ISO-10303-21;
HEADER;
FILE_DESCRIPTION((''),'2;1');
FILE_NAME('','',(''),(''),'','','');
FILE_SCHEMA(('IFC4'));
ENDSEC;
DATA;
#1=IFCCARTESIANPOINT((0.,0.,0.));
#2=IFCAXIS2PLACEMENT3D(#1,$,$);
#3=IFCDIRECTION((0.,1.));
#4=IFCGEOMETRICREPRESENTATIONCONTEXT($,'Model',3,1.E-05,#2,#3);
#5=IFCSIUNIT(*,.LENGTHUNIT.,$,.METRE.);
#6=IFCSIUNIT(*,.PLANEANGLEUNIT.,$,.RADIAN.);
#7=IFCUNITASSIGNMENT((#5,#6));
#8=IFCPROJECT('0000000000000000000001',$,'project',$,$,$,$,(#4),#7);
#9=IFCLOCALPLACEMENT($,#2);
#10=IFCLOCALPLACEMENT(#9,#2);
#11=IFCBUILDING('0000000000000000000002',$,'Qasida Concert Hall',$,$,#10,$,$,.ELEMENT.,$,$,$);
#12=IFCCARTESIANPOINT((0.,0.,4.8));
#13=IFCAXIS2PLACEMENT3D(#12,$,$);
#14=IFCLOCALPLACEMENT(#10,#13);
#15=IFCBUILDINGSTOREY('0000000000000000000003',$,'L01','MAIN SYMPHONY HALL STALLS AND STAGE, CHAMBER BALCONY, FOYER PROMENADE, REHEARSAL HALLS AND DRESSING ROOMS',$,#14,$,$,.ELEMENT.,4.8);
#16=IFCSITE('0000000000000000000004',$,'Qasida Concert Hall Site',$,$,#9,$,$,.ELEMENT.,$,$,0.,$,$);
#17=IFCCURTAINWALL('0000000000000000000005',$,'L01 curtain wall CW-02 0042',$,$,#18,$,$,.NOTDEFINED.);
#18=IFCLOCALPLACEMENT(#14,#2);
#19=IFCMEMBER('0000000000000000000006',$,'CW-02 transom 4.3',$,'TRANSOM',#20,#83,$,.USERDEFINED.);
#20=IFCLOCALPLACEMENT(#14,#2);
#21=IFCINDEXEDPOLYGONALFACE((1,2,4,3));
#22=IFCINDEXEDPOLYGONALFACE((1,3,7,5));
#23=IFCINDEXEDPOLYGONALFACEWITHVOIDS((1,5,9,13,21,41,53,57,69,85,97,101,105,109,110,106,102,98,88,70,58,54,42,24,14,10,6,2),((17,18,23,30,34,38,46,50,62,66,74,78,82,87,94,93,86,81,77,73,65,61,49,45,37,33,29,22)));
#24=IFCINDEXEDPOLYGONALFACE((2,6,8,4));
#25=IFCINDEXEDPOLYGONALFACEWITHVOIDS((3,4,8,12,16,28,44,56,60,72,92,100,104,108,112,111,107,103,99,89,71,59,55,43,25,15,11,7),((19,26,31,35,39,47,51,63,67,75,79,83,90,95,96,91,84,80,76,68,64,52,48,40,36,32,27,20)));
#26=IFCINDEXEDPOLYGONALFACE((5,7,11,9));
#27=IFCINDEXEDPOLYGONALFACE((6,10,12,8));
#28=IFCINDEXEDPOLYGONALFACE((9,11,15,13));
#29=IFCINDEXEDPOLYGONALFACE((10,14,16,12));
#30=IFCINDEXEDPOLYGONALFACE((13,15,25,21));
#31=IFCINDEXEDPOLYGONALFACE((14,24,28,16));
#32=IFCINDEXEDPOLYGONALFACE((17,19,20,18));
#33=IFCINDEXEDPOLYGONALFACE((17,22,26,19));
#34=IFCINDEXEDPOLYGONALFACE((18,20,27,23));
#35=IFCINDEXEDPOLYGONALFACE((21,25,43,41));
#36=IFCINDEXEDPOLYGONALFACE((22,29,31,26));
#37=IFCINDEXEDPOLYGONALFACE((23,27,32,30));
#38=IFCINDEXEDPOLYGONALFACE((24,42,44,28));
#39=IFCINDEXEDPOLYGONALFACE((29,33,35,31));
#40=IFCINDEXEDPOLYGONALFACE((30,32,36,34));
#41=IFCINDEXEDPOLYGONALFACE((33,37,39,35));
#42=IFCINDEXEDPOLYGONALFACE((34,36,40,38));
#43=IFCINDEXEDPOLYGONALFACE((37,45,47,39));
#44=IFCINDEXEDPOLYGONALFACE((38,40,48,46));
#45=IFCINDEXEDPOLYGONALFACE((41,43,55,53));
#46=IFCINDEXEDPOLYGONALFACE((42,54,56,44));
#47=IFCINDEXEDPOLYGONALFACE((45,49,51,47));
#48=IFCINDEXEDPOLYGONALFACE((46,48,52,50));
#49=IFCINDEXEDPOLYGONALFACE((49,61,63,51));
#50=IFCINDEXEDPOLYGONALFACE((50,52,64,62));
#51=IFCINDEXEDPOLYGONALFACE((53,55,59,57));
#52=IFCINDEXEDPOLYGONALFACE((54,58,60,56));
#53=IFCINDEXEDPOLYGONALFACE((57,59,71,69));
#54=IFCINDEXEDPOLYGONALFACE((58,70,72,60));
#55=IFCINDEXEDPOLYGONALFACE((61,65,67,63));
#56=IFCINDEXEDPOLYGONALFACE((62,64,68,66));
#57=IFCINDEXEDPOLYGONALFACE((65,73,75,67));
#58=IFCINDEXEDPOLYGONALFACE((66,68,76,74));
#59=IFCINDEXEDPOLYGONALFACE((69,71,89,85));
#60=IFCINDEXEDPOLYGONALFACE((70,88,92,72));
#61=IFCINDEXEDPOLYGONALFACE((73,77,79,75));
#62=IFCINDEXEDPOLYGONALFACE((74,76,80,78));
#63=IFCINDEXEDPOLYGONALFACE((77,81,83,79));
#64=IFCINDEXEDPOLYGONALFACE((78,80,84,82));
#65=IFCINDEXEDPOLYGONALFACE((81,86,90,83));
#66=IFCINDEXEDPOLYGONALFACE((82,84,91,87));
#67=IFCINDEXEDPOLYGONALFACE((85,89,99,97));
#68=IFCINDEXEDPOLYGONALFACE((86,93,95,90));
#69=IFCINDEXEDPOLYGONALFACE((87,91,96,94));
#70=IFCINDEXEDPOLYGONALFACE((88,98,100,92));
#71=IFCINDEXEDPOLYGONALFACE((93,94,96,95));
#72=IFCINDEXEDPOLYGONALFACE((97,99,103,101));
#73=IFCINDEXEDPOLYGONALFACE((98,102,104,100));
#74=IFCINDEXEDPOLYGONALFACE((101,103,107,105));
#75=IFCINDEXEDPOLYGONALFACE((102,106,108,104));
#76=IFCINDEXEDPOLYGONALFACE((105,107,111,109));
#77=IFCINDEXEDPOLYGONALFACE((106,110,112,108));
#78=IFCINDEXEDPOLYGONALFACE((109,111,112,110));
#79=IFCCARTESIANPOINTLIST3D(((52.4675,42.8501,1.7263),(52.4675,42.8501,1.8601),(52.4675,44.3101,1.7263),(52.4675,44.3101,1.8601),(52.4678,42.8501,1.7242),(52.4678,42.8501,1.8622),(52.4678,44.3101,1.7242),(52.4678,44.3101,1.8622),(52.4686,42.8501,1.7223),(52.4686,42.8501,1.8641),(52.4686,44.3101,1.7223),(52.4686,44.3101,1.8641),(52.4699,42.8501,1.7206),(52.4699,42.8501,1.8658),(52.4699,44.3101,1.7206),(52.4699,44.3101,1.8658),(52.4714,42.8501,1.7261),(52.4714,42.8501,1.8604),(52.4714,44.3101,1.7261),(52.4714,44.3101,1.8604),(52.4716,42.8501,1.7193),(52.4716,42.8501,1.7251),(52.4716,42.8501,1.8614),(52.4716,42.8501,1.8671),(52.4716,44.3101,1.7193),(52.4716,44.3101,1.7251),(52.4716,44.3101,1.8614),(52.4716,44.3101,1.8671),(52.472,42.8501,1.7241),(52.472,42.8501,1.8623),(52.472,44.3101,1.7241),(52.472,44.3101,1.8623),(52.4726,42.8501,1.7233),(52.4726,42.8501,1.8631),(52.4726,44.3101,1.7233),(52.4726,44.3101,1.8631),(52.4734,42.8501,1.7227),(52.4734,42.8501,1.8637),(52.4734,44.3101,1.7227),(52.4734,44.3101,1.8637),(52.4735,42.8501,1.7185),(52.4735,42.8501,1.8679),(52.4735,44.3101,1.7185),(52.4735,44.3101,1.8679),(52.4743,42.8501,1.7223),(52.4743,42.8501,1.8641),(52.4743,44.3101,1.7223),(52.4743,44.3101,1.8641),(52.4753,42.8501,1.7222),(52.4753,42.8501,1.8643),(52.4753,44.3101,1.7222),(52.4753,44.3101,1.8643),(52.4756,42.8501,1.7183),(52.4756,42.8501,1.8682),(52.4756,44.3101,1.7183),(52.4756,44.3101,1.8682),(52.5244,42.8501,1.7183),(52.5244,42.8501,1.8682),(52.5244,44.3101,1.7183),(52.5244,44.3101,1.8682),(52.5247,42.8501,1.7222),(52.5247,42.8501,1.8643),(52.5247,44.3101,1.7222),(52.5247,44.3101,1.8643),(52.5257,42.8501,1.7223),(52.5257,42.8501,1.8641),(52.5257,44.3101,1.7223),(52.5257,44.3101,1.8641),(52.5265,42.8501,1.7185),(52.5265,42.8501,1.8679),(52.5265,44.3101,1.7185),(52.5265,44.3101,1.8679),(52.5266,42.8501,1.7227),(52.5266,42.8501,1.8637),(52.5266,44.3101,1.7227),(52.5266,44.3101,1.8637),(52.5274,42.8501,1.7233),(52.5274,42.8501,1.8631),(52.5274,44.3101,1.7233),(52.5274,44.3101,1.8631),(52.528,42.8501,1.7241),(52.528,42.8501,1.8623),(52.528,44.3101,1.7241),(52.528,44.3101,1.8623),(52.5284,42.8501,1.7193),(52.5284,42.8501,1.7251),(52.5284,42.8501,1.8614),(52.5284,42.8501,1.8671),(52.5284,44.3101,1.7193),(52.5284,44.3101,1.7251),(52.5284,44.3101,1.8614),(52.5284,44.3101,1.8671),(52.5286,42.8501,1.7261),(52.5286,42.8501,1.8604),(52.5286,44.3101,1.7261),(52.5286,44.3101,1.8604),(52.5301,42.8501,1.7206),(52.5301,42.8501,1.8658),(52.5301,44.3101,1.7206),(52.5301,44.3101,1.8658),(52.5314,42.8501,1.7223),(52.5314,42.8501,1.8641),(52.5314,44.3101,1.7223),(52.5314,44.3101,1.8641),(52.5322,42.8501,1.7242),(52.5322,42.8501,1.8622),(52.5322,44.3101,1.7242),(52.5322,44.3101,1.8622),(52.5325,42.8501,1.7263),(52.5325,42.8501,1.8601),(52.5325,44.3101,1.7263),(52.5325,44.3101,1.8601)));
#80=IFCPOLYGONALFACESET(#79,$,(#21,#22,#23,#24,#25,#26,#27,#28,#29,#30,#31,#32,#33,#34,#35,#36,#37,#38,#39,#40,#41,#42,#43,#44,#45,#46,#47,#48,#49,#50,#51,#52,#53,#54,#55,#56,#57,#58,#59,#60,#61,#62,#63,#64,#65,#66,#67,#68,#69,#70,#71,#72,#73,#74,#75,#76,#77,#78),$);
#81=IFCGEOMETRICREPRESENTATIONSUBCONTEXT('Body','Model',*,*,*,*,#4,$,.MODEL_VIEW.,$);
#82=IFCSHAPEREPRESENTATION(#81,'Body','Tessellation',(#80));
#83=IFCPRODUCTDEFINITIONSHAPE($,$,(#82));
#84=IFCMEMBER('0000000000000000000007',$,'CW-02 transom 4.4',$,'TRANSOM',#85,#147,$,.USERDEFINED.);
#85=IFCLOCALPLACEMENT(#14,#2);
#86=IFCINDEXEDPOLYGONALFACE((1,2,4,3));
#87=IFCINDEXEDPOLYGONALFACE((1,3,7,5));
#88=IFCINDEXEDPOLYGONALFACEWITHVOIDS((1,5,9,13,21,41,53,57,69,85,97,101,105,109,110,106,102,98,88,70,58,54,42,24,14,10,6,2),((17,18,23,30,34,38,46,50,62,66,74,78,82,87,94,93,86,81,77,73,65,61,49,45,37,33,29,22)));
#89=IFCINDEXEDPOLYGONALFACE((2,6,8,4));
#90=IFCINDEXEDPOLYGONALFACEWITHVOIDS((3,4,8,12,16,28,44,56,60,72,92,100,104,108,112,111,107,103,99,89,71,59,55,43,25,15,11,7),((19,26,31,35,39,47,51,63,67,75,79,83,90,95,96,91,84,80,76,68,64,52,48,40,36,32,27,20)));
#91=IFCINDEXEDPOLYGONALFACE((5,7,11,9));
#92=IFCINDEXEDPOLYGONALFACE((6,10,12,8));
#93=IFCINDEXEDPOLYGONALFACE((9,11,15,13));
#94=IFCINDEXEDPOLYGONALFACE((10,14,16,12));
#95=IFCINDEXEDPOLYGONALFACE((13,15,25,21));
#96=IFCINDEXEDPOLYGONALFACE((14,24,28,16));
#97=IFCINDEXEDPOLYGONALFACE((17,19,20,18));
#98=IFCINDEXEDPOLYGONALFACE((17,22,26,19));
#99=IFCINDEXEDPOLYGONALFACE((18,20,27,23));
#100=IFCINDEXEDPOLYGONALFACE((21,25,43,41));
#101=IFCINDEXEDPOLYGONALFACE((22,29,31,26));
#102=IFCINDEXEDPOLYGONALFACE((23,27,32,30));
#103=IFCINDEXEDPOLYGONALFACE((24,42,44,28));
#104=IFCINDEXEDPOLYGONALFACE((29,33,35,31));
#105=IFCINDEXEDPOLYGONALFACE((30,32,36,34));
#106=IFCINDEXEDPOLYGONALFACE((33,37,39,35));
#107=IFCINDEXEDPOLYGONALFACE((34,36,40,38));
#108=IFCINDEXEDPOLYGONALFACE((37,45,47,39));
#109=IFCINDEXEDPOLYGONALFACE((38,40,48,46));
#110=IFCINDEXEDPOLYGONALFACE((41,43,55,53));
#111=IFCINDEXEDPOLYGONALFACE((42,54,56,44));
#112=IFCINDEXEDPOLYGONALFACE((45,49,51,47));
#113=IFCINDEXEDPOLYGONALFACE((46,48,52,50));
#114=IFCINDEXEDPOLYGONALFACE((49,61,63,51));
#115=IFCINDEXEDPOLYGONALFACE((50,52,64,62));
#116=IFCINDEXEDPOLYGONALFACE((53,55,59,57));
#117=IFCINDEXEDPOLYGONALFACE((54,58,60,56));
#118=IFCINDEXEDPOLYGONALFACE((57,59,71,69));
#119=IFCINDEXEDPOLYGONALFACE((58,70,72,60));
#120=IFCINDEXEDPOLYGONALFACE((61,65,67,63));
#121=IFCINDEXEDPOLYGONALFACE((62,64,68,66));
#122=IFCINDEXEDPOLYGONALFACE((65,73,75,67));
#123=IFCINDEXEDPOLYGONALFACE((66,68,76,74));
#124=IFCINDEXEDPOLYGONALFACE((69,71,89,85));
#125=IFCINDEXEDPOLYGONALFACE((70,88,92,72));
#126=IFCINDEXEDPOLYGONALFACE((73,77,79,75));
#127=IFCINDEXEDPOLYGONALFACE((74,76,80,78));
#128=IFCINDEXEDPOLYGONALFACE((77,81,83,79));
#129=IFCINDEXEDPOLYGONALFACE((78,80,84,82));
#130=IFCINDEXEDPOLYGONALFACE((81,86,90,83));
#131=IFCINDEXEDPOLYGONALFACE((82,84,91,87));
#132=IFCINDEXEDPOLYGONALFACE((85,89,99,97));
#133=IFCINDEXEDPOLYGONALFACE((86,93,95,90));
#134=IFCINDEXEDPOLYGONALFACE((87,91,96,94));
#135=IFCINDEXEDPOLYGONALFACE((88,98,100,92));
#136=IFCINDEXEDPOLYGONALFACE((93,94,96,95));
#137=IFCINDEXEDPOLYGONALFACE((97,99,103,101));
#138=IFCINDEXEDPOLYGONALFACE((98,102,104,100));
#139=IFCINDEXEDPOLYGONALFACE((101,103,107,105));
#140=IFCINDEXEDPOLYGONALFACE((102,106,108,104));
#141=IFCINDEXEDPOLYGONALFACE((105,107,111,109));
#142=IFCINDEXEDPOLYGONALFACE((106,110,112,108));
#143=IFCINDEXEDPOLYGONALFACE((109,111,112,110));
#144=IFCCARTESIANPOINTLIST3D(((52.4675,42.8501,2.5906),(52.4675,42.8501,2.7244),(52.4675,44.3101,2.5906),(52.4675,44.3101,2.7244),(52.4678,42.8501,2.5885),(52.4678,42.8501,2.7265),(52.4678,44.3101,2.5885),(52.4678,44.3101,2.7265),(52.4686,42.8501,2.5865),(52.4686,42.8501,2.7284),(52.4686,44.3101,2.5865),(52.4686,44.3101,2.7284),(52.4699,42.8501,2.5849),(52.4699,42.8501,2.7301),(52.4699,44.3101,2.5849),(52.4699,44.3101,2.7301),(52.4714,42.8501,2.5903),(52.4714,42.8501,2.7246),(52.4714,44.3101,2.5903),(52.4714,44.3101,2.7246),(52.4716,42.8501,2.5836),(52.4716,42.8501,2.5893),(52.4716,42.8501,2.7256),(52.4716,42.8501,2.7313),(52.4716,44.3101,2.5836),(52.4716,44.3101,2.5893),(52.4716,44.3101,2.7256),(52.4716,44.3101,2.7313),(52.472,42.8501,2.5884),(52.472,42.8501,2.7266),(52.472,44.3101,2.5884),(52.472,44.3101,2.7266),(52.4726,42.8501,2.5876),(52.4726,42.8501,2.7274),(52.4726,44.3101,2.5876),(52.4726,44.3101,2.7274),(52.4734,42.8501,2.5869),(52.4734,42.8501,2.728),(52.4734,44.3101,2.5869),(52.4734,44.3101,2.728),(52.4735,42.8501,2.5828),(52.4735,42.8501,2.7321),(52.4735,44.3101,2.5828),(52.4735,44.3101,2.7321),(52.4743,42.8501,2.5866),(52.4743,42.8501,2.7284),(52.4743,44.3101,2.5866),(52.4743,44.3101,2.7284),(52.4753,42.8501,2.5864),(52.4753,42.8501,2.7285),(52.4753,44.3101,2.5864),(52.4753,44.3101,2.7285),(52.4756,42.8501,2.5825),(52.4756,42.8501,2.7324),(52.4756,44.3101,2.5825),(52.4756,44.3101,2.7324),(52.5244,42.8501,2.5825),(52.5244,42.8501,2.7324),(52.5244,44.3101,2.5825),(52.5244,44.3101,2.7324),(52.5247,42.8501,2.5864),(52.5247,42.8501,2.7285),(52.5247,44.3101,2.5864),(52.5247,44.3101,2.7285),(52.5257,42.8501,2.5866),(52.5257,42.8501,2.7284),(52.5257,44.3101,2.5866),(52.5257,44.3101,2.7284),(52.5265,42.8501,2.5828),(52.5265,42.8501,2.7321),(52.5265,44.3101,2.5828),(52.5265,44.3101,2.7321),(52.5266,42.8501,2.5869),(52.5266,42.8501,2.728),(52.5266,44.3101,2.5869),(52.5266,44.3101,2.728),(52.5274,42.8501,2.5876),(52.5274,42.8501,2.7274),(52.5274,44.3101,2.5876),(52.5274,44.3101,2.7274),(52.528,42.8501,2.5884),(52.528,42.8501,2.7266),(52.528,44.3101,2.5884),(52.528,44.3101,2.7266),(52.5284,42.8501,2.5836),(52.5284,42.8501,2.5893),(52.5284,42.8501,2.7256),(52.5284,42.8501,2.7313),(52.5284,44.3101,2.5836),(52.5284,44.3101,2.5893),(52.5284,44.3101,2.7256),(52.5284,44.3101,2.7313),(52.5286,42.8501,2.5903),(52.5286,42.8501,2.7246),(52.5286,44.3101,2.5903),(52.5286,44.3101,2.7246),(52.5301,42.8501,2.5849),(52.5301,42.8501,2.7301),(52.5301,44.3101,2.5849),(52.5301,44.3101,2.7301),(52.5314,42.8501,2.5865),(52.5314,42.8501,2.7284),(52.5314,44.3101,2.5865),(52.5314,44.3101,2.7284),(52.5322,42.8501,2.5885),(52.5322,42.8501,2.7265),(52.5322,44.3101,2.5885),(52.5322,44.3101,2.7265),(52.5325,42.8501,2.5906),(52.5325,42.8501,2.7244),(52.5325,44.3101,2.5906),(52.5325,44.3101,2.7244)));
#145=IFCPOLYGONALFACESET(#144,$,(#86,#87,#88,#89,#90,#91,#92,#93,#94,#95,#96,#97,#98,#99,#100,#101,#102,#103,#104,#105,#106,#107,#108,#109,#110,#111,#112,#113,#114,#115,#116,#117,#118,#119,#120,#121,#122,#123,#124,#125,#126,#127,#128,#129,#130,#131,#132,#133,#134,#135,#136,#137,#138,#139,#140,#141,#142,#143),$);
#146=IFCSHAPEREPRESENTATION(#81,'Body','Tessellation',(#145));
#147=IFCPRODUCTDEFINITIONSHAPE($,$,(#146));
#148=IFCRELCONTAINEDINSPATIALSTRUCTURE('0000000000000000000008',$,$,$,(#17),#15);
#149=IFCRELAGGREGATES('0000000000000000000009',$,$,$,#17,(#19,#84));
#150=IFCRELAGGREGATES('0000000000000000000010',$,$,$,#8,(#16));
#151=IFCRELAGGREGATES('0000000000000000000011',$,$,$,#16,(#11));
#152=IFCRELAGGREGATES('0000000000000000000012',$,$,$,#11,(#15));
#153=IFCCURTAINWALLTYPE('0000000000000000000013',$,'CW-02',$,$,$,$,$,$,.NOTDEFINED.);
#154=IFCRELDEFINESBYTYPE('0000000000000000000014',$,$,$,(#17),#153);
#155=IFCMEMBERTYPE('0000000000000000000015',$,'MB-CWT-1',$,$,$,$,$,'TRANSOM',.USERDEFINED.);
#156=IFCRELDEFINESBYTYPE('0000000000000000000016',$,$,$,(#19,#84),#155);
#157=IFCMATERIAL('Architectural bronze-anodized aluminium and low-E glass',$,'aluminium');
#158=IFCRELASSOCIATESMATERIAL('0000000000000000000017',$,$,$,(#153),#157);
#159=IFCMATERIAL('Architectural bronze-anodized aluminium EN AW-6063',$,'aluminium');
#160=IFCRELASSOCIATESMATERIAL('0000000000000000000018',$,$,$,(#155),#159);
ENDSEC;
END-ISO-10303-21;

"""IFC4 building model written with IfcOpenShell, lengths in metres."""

from ifc_helpers import new_model, si_unit, direction, frame, origin, origin_2d, place, context, subcontext, project, spatial, hollow_rectangle, extrude, material, material_profile, profile_set, type_object, element, aggregate, save


model = new_model("IFC4")

# Units and contexts
model_context = context("Model", 3, precision=1e-05, world=origin(), true_north=direction((0.0, 1.0)))
body_context = subcontext(model_context, "Body", "Model", "MODEL_VIEW")
ifc_project = project(units=[si_unit("LENGTHUNIT", "METRE"), si_unit("PLANEANGLEUNIT", "RADIAN")], contexts=[model_context])

# Site, building, storey
site_placement = place(None, origin())
site = spatial("IfcSite", under=ifc_project, at=site_placement, Name="Qasida Concert Hall Site", CompositionType="ELEMENT", RefElevation=0.0)
building_placement = place(site_placement, origin())
building = spatial("IfcBuilding", under=site, at=building_placement, Name="Qasida Concert Hall", CompositionType="ELEMENT")
storey_placement = place(building_placement, frame((0.0, 0.0, 4.8)))
storey = spatial("IfcBuildingStorey", under=building, at=storey_placement, Name="L01", Description="MAIN SYMPHONY HALL STALLS AND STAGE, CHAMBER BALCONY, FOYER PROMENADE, REHEARSAL HALLS AND DRESSING ROOMS", CompositionType="ELEMENT", Elevation=4.8)

# Curtain wall
ifc_material_1 = material(Name="Architectural bronze-anodized aluminium and low-E glass", Category="aluminium")
curtain_wall_type_1 = type_object("IfcCurtainWallType", Name="CW-02", PredefinedType="NOTDEFINED", material=ifc_material_1)
curtain_wall_1_placement = place(storey_placement, origin())
curtain_wall_1 = element("IfcCurtainWall", 1, at=curtain_wall_1_placement, inside=storey, type_object=curtain_wall_type_1, Name="L01 curtain wall CW-02 0042", PredefinedType="NOTDEFINED")
ifc_material_2 = material(Name="Architectural bronze-anodized aluminium EN AW-6063", Category="aluminium")

# Members
ifc_material_profile_1 = material_profile(ifc_material_2, hollow_rectangle(XDim=0.0649, YDim=0.1499, WallThickness=0.0039, InnerFilletRadius=0.0039, OuterFilletRadius=0.0081, at=origin_2d()), Name="CWT 150x65x4")
ifc_profile_set_1 = profile_set([ifc_material_profile_1], Name="Architectural bronze-anodized aluminium EN AW-6063")
member_type_1 = type_object("IfcMemberType", Name="MB-CWT-1", ElementType="TRANSOM", PredefinedType="USERDEFINED", material=ifc_profile_set_1)
member_1_placement = place(storey_placement, frame((52.5, 42.8501, 1.7932), z_axis=(0.0, 1.0, 0.0), x_axis=(-1.0, 0.0, 0.0)))
member_1 = element("IfcMember", 2, at=member_1_placement, type_object=member_type_1, Name="CW-02 transom 4.3", ObjectType="TRANSOM", PredefinedType="USERDEFINED", context=body_context, shape_type="SweptSolid", body=[
    extrude(hollow_rectangle(XDim=0.0649, YDim=0.1499, WallThickness=0.0039, InnerFilletRadius=0.0039, OuterFilletRadius=0.0081, at=origin_2d()), origin(), (0.0, 0.0, 1.0), 1.46),
])
member_2_placement = place(storey_placement, frame((52.5, 42.8501, 2.6575), z_axis=(0.0, 1.0, 0.0), x_axis=(-1.0, 0.0, 0.0)))
member_2 = element("IfcMember", 3, at=member_2_placement, type_object=member_type_1, Name="CW-02 transom 4.4", ObjectType="TRANSOM", PredefinedType="USERDEFINED", context=body_context, shape_type="SweptSolid", body=[
    extrude(hollow_rectangle(XDim=0.0649, YDim=0.1499, WallThickness=0.0039, InnerFilletRadius=0.0039, OuterFilletRadius=0.0081, at=origin_2d()), origin(), (0.0, 0.0, 1.0), 1.46),
])

aggregate(curtain_wall_1, [member_1, member_2])

save(model, "model.ifc")
